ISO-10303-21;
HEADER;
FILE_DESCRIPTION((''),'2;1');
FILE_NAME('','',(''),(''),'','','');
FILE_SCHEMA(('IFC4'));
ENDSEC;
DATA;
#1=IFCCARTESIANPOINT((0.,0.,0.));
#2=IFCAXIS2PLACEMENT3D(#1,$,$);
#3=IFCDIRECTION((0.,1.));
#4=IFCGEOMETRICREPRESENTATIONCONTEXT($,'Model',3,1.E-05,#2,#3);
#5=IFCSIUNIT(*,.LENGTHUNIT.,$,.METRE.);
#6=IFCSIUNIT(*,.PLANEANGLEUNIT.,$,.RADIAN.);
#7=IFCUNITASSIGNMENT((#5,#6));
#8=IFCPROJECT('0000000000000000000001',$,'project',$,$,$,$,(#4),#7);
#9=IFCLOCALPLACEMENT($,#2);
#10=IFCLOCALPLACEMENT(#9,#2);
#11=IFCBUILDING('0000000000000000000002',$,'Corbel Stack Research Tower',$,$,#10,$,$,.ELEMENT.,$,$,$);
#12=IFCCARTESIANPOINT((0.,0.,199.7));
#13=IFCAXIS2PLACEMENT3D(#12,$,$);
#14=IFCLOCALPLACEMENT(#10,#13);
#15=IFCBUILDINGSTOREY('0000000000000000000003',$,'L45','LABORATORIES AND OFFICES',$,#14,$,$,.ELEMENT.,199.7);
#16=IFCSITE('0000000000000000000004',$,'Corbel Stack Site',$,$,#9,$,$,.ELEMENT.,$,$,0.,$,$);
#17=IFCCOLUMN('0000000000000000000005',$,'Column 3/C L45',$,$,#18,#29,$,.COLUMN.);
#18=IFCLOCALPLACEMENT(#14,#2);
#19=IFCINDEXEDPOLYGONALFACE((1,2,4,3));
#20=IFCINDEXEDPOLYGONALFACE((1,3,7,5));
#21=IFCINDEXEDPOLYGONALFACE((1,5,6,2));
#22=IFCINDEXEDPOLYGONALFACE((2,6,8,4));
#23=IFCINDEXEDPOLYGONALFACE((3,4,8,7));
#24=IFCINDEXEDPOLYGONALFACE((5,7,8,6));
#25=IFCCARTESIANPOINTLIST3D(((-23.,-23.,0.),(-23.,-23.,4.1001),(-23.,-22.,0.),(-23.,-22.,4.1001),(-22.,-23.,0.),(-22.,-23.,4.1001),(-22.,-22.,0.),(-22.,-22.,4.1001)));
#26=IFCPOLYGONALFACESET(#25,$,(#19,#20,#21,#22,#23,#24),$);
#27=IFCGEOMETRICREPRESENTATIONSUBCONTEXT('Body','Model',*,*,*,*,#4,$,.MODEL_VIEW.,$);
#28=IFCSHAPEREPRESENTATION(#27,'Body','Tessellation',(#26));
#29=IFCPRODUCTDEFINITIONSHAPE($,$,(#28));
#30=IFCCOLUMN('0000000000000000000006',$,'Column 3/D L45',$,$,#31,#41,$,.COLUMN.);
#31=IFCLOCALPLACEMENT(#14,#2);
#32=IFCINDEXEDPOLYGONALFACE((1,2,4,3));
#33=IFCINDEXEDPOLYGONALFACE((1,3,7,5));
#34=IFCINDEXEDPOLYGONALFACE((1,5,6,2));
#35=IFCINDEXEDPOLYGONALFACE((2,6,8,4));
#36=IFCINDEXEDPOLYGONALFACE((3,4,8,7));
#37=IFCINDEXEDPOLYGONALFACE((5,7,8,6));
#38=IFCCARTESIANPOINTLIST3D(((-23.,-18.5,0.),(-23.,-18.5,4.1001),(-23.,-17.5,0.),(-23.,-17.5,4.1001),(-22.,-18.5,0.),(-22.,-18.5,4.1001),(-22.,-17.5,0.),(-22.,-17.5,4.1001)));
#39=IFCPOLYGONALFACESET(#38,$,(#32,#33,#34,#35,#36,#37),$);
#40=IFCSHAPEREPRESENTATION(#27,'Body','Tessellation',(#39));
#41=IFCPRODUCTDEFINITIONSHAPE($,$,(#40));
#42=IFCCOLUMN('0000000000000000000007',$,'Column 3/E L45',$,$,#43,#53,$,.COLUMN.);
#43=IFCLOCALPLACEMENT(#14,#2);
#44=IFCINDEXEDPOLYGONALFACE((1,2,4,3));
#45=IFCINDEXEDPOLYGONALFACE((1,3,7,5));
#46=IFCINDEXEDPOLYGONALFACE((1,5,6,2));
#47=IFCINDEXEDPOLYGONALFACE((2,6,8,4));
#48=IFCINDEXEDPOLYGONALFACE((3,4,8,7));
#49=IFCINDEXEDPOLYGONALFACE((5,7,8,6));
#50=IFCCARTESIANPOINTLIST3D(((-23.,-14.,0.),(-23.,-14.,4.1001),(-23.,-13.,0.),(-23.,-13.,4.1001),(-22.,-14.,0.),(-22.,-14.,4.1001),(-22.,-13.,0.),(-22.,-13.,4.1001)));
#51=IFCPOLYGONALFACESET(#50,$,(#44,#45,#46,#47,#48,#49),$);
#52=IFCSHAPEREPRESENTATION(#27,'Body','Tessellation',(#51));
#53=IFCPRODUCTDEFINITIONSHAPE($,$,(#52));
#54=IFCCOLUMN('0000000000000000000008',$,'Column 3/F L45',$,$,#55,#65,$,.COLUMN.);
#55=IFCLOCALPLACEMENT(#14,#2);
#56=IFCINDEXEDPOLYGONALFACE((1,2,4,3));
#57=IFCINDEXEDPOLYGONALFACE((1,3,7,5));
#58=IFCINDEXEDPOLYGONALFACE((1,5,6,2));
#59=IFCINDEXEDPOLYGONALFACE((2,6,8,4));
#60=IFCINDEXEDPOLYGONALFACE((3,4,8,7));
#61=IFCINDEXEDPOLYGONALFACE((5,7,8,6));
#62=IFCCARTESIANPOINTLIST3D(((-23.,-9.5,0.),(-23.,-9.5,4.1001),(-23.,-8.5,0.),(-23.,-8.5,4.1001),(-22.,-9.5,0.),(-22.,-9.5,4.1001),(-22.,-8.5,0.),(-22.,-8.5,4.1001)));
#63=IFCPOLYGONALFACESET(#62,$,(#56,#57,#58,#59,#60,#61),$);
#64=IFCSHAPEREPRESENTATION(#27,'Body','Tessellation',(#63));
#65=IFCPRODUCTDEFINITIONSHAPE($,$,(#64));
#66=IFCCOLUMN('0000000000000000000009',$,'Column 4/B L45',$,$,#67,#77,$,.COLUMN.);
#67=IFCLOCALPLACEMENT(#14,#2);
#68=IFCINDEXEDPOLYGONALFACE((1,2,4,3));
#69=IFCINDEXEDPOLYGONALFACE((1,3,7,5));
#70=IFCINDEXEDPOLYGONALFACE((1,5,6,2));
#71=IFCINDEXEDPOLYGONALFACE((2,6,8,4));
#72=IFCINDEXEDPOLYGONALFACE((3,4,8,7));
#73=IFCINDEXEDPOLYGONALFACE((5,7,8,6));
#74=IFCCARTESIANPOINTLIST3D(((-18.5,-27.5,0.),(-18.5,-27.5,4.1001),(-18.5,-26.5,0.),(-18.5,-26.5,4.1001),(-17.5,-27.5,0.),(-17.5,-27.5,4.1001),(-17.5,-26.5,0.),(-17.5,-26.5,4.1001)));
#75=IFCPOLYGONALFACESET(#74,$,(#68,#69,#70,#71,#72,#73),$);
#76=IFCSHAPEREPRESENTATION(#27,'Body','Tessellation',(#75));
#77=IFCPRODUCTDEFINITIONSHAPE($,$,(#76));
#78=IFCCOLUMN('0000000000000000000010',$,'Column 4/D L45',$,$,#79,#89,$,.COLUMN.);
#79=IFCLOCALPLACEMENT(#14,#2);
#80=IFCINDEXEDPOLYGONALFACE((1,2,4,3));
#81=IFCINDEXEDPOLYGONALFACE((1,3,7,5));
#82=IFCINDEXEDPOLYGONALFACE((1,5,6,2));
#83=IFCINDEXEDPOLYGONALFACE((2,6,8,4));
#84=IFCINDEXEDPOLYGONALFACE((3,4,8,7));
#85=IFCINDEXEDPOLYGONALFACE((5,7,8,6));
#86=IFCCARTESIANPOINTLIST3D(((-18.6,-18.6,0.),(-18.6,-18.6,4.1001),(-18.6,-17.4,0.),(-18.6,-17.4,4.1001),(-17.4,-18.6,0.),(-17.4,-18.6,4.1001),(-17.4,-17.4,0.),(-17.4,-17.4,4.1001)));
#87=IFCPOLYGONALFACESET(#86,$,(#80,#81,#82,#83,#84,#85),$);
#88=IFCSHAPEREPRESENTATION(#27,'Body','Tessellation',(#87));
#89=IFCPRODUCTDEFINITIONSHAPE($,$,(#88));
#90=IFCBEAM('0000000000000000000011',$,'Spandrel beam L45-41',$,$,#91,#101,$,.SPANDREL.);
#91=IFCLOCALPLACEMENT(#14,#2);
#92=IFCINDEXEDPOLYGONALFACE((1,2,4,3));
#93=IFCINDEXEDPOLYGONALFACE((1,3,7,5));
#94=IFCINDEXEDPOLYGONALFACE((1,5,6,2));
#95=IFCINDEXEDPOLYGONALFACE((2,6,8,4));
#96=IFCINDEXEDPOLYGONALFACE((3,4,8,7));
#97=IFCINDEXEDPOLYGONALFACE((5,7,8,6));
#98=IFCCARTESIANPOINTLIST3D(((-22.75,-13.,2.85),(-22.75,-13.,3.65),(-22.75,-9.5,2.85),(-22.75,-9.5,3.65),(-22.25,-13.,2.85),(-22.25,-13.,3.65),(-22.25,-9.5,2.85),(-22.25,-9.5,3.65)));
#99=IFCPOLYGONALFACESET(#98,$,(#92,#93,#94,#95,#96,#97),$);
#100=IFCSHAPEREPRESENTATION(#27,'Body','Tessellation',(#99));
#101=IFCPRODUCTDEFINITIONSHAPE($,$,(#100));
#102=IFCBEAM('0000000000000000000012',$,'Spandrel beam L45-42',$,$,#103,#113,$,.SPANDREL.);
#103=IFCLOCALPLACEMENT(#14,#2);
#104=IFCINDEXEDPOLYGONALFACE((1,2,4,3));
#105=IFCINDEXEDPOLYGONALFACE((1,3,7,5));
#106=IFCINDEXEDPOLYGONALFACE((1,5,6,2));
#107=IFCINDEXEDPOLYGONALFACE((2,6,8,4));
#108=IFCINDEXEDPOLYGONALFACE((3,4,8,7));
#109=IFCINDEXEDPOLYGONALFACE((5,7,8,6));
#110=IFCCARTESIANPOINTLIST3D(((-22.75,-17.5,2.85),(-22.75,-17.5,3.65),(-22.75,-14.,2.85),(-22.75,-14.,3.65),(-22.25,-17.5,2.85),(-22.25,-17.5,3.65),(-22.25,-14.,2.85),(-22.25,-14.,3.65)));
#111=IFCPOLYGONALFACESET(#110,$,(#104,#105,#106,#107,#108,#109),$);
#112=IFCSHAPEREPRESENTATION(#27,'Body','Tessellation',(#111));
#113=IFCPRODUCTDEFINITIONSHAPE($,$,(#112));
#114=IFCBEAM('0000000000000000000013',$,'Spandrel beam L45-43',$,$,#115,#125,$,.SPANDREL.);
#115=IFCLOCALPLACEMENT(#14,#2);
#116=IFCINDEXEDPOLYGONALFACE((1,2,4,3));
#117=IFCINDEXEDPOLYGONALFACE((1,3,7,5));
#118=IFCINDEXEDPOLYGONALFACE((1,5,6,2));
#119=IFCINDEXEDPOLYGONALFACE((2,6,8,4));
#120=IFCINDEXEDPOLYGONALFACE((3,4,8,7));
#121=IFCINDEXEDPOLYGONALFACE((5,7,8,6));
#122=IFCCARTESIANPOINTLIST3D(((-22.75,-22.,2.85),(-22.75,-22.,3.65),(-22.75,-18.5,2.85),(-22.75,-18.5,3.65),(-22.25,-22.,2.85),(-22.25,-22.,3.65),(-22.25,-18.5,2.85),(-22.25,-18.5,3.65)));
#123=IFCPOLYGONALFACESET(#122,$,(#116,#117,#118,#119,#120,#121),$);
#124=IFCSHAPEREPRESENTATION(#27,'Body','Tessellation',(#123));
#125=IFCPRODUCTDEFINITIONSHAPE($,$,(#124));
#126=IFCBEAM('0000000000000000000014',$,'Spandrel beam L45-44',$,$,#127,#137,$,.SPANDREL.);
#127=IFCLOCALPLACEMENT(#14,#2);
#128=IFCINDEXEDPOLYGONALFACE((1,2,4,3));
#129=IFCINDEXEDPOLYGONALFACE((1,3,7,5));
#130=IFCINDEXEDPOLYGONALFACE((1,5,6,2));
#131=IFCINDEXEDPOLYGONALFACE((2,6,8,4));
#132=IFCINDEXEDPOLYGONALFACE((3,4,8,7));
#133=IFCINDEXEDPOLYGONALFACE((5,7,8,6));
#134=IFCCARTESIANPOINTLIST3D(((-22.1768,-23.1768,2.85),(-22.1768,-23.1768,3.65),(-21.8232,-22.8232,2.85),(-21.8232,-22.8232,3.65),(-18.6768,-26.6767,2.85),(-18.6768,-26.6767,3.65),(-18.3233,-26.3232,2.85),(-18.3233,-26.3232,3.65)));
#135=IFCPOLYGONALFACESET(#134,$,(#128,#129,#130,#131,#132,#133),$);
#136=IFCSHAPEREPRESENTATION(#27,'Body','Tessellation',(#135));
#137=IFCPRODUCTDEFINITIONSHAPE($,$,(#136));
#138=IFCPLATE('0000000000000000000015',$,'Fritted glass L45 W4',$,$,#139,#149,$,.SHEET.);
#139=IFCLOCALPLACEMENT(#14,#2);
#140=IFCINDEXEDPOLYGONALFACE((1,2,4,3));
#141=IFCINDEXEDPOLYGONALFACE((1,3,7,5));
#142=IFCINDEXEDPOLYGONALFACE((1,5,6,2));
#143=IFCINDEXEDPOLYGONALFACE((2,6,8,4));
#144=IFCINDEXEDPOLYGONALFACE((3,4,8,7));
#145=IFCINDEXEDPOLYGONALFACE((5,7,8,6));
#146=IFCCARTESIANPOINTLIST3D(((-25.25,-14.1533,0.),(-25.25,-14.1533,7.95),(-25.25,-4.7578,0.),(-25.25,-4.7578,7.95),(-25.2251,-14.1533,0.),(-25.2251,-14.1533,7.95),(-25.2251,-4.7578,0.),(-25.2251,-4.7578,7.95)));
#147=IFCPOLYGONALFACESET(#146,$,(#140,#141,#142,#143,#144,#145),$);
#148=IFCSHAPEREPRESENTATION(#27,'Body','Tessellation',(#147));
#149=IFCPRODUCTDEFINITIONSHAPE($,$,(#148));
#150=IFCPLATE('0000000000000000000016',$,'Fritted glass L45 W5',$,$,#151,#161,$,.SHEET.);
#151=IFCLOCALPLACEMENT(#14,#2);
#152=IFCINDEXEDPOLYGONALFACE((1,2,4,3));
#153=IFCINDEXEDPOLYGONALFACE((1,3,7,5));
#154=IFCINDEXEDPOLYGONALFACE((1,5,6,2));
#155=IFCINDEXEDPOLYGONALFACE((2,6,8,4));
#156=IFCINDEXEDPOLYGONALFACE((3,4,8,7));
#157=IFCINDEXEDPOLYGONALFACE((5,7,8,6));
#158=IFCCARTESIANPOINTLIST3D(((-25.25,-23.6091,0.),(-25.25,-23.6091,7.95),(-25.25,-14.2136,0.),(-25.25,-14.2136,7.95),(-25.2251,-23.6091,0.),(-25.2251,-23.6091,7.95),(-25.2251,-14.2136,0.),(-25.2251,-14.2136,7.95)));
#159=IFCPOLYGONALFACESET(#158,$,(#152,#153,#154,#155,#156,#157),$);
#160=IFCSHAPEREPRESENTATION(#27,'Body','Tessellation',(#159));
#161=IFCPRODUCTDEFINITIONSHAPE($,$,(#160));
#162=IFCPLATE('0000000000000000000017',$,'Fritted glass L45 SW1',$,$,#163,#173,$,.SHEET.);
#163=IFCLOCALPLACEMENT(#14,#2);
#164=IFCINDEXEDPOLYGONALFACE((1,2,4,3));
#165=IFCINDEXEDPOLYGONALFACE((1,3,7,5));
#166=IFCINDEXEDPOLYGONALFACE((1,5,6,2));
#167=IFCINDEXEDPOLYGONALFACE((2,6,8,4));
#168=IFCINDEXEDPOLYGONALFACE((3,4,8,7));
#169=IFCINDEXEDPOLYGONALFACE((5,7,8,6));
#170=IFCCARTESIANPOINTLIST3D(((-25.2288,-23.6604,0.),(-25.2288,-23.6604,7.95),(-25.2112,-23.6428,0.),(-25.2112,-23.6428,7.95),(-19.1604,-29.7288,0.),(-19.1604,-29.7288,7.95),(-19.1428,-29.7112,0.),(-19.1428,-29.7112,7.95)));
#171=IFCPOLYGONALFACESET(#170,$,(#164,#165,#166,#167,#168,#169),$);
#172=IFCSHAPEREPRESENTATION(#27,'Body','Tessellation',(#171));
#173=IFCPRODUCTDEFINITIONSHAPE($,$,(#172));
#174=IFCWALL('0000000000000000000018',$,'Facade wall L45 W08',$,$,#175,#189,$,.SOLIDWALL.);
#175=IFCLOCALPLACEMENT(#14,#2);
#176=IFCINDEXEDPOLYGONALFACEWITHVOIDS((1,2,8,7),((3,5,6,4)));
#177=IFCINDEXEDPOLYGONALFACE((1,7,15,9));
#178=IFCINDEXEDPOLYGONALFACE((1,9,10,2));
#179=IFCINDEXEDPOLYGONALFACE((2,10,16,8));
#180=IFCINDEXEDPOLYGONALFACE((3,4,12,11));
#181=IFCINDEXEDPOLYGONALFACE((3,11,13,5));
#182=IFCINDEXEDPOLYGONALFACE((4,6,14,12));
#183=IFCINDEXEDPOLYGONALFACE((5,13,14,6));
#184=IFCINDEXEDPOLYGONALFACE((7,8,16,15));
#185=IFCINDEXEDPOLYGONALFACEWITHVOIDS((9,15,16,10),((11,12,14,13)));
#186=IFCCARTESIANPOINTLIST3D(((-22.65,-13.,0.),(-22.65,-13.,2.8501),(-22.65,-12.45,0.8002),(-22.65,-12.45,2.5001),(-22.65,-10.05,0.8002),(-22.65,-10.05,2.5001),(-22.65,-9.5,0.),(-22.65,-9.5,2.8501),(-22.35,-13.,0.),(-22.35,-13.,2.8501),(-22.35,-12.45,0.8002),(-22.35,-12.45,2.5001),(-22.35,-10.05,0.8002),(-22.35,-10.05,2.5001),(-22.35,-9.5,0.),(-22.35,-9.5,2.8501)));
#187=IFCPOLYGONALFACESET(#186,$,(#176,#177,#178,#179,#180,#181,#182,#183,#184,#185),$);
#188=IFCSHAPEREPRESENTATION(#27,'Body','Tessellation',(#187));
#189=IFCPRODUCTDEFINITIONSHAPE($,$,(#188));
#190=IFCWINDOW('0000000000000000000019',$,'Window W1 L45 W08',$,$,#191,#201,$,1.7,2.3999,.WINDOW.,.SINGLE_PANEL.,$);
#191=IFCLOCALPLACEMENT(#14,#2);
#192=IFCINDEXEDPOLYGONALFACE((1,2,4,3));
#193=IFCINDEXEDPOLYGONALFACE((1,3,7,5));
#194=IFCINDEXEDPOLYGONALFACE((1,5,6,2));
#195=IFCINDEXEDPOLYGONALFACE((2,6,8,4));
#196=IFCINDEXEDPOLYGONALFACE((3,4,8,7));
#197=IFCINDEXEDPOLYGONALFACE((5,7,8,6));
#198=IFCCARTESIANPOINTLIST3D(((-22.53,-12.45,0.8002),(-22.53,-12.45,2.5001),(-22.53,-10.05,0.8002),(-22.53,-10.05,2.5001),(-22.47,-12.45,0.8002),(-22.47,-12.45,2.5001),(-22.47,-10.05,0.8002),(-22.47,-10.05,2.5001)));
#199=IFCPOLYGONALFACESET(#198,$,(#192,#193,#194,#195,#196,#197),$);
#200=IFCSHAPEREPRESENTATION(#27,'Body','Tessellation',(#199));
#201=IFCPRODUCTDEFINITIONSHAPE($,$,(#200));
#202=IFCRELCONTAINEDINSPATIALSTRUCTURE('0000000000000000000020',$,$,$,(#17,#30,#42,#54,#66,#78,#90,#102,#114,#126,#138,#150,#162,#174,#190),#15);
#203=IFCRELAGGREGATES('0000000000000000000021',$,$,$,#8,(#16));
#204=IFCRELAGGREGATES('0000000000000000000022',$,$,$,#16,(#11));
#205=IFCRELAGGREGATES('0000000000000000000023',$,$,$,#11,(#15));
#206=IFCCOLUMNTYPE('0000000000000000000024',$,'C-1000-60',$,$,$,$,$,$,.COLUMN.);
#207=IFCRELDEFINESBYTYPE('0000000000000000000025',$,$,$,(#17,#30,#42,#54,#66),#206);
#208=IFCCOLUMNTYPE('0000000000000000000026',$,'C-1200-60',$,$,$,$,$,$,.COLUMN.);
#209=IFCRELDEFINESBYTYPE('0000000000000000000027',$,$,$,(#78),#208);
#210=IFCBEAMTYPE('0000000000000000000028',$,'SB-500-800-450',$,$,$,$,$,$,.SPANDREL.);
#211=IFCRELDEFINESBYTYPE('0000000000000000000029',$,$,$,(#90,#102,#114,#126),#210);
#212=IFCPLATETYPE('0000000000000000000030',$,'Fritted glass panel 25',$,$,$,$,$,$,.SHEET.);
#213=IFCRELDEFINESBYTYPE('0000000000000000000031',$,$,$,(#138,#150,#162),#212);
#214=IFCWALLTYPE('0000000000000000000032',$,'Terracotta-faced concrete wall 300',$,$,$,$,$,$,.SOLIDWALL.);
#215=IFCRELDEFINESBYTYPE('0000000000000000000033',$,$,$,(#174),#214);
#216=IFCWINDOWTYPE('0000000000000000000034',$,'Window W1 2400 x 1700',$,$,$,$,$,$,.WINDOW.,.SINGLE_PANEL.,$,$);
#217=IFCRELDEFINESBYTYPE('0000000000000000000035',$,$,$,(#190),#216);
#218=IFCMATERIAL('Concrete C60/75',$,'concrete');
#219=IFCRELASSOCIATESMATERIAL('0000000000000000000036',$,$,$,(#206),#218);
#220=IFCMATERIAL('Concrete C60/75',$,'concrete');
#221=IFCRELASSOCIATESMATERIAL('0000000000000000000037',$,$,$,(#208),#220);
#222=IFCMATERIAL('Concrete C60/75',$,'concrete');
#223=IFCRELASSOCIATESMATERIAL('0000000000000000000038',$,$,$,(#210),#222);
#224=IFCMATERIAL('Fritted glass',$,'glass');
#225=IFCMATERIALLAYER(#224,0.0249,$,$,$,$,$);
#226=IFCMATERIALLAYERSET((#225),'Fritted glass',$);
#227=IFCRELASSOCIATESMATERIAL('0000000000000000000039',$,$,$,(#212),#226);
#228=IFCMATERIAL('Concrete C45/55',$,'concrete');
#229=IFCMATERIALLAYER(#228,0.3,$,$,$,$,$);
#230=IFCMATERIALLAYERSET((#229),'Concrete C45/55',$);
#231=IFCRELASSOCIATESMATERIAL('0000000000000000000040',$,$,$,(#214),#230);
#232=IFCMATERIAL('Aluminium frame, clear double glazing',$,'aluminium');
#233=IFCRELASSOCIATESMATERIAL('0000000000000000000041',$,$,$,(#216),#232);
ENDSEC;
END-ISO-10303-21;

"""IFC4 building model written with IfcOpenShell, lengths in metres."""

from ifc_helpers import new_model, si_unit, direction, frame, frame_2d, origin, origin_2d, place, context, subcontext, project, spatial, rectangle, extrude, material, layer, layer_set, material_profile, profile_set, type_object, element, fill, save


model = new_model("IFC4")

# Units and contexts
model_context = context("Model", 3, precision=1e-05, world=origin(), true_north=direction((0.0, 1.0)))
body_context = subcontext(model_context, "Body", "Model", "MODEL_VIEW")
ifc_project = project(units=[si_unit("LENGTHUNIT", "METRE"), si_unit("PLANEANGLEUNIT", "RADIAN")], contexts=[model_context])

# Site, building, storey
site_placement = place(None, origin())
site = spatial("IfcSite", under=ifc_project, at=site_placement, Name="Corbel Stack Site", CompositionType="ELEMENT", RefElevation=0.0)
building_placement = place(site_placement, origin())
building = spatial("IfcBuilding", under=site, at=building_placement, Name="Corbel Stack Research Tower", CompositionType="ELEMENT")
storey_placement = place(building_placement, frame((0.0, 0.0, 199.7)))
storey = spatial("IfcBuildingStorey", under=building, at=storey_placement, Name="L45", Description="LABORATORIES AND OFFICES", CompositionType="ELEMENT", Elevation=199.7)

# Columns
ifc_material_1 = material(Name="Concrete C60/75", Category="concrete")
ifc_material_profile_1 = material_profile(ifc_material_1, rectangle(XDim=1.0, YDim=1.0, at=origin_2d()), Name="RC 1000 x 1000")
ifc_profile_set_1 = profile_set([ifc_material_profile_1], Name="Concrete C60/75")
column_type_1 = type_object("IfcColumnType", Name="C-1000-60", PredefinedType="COLUMN", material=ifc_profile_set_1)
for number, where, z_axis, x_axis, name in (
    (1, (-22.5, -22.5, 0.0), (0.0, 0.0, 1.0), (1.0, 0.0, 0.0), "Column 3/C L45"),
    (2, (-22.5, -18.0, 0.0), (0.0, 0.0, 1.0), (1.0, 0.0, 0.0), "Column 3/D L45"),
    (3, (-22.5, -13.5, 0.0), (0.0, 0.0, 1.0), (1.0, 0.0, 0.0), "Column 3/E L45"),
    (4, (-22.5, -9.0, 0.0), (0.0, 0.0, 1.0), (1.0, 0.0, 0.0), "Column 3/F L45"),
    (5, (-18.0, -27.0, 0.0), (0.0, 0.0, 1.0), (1.0, 0.0, 0.0), "Column 4/B L45"),
):
    element("IfcColumn", number, at=place(storey_placement, frame(where, z_axis=z_axis, x_axis=x_axis)), inside=storey, type_object=column_type_1, Name=name, PredefinedType="COLUMN", context=body_context, shape_type="SweptSolid", body=[
        extrude(rectangle(XDim=1.0, YDim=1.0, at=origin_2d()), origin(), (0.0, 0.0, 1.0), 4.1001),
    ])
ifc_material_2 = material(Name="Concrete C60/75", Category="concrete")
ifc_material_profile_2 = material_profile(ifc_material_2, rectangle(XDim=1.2, YDim=1.2, at=origin_2d()), Name="RC 1200 x 1200")
ifc_profile_set_2 = profile_set([ifc_material_profile_2], Name="Concrete C60/75")
column_type_2 = type_object("IfcColumnType", Name="C-1200-60", PredefinedType="COLUMN", material=ifc_profile_set_2)
column_placement = place(storey_placement, frame((-18.0, -18.0, 0.0), z_axis=(0.0, 0.0, 1.0), x_axis=(1.0, 0.0, 0.0)))
element("IfcColumn", 6, at=column_placement, inside=storey, type_object=column_type_2, Name="Column 4/D L45", PredefinedType="COLUMN", context=body_context, shape_type="SweptSolid", body=[
    extrude(rectangle(XDim=1.2, YDim=1.2, at=origin_2d()), origin(), (0.0, 0.0, 1.0), 4.1001),
])

# Beams
ifc_material_3 = material(Name="Concrete C60/75", Category="concrete")
ifc_material_profile_3 = material_profile(ifc_material_3, rectangle(XDim=0.5, YDim=0.8, at=origin_2d()), Name="RC 500 x 800")
ifc_profile_set_3 = profile_set([ifc_material_profile_3], Name="Concrete C60/75")
beam_type = type_object("IfcBeamType", Name="SB-500-800-450", PredefinedType="SPANDREL", material=ifc_profile_set_3)
for number, where, z_axis, x_axis, name in (
    (7, (-22.5, -9.5, 3.25), (0.0, -1.0, 0.0), (1.0, 0.0, 0.0), "Spandrel beam L45-41"),
    (8, (-22.5, -14.0, 3.25), (0.0, -1.0, 0.0), (1.0, 0.0, 0.0), "Spandrel beam L45-42"),
    (9, (-22.5, -18.5, 3.25), (0.0, -1.0, 0.0), (1.0, 0.0, 0.0), "Spandrel beam L45-43"),
):
    element("IfcBeam", number, at=place(storey_placement, frame(where, z_axis=z_axis, x_axis=x_axis)), inside=storey, type_object=beam_type, Name=name, PredefinedType="SPANDREL", context=body_context, shape_type="SweptSolid", body=[
        extrude(rectangle(XDim=0.5, YDim=0.8, at=origin_2d()), origin(), (0.0, 0.0, 1.0), 3.5),
    ])
beam_placement = place(storey_placement, frame((-22.0, -23.0, 3.25), z_axis=(0.707107, -0.707107, 0.0), x_axis=(0.707107, 0.707107, 0.0)))
element("IfcBeam", 10, at=beam_placement, inside=storey, type_object=beam_type, Name="Spandrel beam L45-44", PredefinedType="SPANDREL", context=body_context, shape_type="SweptSolid", body=[
    extrude(rectangle(XDim=0.5, YDim=0.8, at=origin_2d()), origin(), (0.0, 0.0, 1.0), 4.9497),
])

# Plates
ifc_material_4 = material(Name="Fritted glass", Category="glass")
ifc_layer_1 = layer(ifc_material_4, 0.0249)
ifc_layer_set_1 = layer_set([ifc_layer_1], Name="Fritted glass")
plate_type = type_object("IfcPlateType", Name="Fritted glass panel 25", PredefinedType="SHEET", material=ifc_layer_set_1)
for number, where, z_axis, x_axis, name in (
    (11, (-25.2375, -9.4556, 0.0), (0.0, 0.0, 1.0), (0.0, -1.0, 0.0), "Fritted glass L45 W4"),
    (12, (-25.2375, -18.9114, 0.0), (0.0, 0.0, 1.0), (0.0, -1.0, 0.0), "Fritted glass L45 W5"),
):
    element("IfcPlate", number, at=place(storey_placement, frame(where, z_axis=z_axis, x_axis=x_axis)), inside=storey, type_object=plate_type, Name=name, PredefinedType="SHEET", context=body_context, shape_type="SweptSolid", body=[
        extrude(rectangle(XDim=9.3955, YDim=0.0249, at=origin_2d()), origin(), (0.0, 0.0, 1.0), 7.95),
    ])
plate_placement = place(storey_placement, frame((-22.1858, -26.6858, 0.0), z_axis=(0.0, 0.0, 1.0), x_axis=(0.707107, -0.707107, 0.0)))
element("IfcPlate", 13, at=plate_placement, inside=storey, type_object=plate_type, Name="Fritted glass L45 SW1", PredefinedType="SHEET", context=body_context, shape_type="SweptSolid", body=[
    extrude(rectangle(XDim=8.582, YDim=0.0249, at=origin_2d()), origin(), (0.0, 0.0, 1.0), 7.95),
])

# Wall, opening, window
ifc_material_5 = material(Name="Concrete C45/55", Category="concrete")
ifc_layer_2 = layer(ifc_material_5, 0.3)
ifc_layer_set_2 = layer_set([ifc_layer_2], Name="Concrete C45/55")
wall_type = type_object("IfcWallType", Name="Terracotta-faced concrete wall 300", PredefinedType="SOLIDWALL", material=ifc_layer_set_2)
wall_1_placement = place(storey_placement, frame((-22.5, -13.0, 0.0), z_axis=(0.0, 0.0, 1.0), x_axis=(0.0, 1.0, 0.0)))
wall_1 = element("IfcWall", 14, at=wall_1_placement, inside=storey, type_object=wall_type, Name="Facade wall L45 W08", PredefinedType="SOLIDWALL", context=body_context, shape_type="SweptSolid", body=[
    extrude(rectangle(XDim=3.5, YDim=0.3, at=frame_2d((1.75, 0.0))), origin(), (0.0, 0.0, 1.0), 2.8501),
])
opening_1_placement = place(wall_1_placement, frame((0.55, 0.0, 0.8)))
opening_1 = element("IfcOpeningElement", 15, at=opening_1_placement, cuts=wall_1, PredefinedType="OPENING", context=body_context, shape_type="SweptSolid", body=[
    extrude(rectangle(XDim=2.3999, YDim=1.7, at=frame_2d((1.2, 0.8501))), frame((0.0, 0.1599, 0.0), z_axis=(0.0, -1.0, 0.0), x_axis=(1.0, 0.0, 0.0)), (0.0, 0.0, 1.0), 0.3201),
])
ifc_material_6 = material(Name="Aluminium frame, clear double glazing", Category="aluminium")
window_type = type_object("IfcWindowType", Name="Window W1 2400 x 1700", PartitioningType="SINGLE_PANEL", PredefinedType="WINDOW", material=ifc_material_6)
window_1_placement = place(opening_1_placement, origin())
window_1 = element("IfcWindow", 16, at=window_1_placement, inside=storey, type_object=window_type, Name="Window W1 L45 W08", OverallHeight=1.7, OverallWidth=2.3999, PartitioningType="SINGLE_PANEL", PredefinedType="WINDOW", context=body_context, shape_type="SweptSolid", body=[
    extrude(rectangle(XDim=2.3999, YDim=1.7, at=frame_2d((1.2, 0.8501))), frame((0.0, 0.03, 0.0), z_axis=(0.0, -1.0, 0.0), x_axis=(1.0, 0.0, 0.0)), (0.0, 0.0, 1.0), 0.0601),
])
fill(opening_1, window_1)

save(model, "model.ifc")
